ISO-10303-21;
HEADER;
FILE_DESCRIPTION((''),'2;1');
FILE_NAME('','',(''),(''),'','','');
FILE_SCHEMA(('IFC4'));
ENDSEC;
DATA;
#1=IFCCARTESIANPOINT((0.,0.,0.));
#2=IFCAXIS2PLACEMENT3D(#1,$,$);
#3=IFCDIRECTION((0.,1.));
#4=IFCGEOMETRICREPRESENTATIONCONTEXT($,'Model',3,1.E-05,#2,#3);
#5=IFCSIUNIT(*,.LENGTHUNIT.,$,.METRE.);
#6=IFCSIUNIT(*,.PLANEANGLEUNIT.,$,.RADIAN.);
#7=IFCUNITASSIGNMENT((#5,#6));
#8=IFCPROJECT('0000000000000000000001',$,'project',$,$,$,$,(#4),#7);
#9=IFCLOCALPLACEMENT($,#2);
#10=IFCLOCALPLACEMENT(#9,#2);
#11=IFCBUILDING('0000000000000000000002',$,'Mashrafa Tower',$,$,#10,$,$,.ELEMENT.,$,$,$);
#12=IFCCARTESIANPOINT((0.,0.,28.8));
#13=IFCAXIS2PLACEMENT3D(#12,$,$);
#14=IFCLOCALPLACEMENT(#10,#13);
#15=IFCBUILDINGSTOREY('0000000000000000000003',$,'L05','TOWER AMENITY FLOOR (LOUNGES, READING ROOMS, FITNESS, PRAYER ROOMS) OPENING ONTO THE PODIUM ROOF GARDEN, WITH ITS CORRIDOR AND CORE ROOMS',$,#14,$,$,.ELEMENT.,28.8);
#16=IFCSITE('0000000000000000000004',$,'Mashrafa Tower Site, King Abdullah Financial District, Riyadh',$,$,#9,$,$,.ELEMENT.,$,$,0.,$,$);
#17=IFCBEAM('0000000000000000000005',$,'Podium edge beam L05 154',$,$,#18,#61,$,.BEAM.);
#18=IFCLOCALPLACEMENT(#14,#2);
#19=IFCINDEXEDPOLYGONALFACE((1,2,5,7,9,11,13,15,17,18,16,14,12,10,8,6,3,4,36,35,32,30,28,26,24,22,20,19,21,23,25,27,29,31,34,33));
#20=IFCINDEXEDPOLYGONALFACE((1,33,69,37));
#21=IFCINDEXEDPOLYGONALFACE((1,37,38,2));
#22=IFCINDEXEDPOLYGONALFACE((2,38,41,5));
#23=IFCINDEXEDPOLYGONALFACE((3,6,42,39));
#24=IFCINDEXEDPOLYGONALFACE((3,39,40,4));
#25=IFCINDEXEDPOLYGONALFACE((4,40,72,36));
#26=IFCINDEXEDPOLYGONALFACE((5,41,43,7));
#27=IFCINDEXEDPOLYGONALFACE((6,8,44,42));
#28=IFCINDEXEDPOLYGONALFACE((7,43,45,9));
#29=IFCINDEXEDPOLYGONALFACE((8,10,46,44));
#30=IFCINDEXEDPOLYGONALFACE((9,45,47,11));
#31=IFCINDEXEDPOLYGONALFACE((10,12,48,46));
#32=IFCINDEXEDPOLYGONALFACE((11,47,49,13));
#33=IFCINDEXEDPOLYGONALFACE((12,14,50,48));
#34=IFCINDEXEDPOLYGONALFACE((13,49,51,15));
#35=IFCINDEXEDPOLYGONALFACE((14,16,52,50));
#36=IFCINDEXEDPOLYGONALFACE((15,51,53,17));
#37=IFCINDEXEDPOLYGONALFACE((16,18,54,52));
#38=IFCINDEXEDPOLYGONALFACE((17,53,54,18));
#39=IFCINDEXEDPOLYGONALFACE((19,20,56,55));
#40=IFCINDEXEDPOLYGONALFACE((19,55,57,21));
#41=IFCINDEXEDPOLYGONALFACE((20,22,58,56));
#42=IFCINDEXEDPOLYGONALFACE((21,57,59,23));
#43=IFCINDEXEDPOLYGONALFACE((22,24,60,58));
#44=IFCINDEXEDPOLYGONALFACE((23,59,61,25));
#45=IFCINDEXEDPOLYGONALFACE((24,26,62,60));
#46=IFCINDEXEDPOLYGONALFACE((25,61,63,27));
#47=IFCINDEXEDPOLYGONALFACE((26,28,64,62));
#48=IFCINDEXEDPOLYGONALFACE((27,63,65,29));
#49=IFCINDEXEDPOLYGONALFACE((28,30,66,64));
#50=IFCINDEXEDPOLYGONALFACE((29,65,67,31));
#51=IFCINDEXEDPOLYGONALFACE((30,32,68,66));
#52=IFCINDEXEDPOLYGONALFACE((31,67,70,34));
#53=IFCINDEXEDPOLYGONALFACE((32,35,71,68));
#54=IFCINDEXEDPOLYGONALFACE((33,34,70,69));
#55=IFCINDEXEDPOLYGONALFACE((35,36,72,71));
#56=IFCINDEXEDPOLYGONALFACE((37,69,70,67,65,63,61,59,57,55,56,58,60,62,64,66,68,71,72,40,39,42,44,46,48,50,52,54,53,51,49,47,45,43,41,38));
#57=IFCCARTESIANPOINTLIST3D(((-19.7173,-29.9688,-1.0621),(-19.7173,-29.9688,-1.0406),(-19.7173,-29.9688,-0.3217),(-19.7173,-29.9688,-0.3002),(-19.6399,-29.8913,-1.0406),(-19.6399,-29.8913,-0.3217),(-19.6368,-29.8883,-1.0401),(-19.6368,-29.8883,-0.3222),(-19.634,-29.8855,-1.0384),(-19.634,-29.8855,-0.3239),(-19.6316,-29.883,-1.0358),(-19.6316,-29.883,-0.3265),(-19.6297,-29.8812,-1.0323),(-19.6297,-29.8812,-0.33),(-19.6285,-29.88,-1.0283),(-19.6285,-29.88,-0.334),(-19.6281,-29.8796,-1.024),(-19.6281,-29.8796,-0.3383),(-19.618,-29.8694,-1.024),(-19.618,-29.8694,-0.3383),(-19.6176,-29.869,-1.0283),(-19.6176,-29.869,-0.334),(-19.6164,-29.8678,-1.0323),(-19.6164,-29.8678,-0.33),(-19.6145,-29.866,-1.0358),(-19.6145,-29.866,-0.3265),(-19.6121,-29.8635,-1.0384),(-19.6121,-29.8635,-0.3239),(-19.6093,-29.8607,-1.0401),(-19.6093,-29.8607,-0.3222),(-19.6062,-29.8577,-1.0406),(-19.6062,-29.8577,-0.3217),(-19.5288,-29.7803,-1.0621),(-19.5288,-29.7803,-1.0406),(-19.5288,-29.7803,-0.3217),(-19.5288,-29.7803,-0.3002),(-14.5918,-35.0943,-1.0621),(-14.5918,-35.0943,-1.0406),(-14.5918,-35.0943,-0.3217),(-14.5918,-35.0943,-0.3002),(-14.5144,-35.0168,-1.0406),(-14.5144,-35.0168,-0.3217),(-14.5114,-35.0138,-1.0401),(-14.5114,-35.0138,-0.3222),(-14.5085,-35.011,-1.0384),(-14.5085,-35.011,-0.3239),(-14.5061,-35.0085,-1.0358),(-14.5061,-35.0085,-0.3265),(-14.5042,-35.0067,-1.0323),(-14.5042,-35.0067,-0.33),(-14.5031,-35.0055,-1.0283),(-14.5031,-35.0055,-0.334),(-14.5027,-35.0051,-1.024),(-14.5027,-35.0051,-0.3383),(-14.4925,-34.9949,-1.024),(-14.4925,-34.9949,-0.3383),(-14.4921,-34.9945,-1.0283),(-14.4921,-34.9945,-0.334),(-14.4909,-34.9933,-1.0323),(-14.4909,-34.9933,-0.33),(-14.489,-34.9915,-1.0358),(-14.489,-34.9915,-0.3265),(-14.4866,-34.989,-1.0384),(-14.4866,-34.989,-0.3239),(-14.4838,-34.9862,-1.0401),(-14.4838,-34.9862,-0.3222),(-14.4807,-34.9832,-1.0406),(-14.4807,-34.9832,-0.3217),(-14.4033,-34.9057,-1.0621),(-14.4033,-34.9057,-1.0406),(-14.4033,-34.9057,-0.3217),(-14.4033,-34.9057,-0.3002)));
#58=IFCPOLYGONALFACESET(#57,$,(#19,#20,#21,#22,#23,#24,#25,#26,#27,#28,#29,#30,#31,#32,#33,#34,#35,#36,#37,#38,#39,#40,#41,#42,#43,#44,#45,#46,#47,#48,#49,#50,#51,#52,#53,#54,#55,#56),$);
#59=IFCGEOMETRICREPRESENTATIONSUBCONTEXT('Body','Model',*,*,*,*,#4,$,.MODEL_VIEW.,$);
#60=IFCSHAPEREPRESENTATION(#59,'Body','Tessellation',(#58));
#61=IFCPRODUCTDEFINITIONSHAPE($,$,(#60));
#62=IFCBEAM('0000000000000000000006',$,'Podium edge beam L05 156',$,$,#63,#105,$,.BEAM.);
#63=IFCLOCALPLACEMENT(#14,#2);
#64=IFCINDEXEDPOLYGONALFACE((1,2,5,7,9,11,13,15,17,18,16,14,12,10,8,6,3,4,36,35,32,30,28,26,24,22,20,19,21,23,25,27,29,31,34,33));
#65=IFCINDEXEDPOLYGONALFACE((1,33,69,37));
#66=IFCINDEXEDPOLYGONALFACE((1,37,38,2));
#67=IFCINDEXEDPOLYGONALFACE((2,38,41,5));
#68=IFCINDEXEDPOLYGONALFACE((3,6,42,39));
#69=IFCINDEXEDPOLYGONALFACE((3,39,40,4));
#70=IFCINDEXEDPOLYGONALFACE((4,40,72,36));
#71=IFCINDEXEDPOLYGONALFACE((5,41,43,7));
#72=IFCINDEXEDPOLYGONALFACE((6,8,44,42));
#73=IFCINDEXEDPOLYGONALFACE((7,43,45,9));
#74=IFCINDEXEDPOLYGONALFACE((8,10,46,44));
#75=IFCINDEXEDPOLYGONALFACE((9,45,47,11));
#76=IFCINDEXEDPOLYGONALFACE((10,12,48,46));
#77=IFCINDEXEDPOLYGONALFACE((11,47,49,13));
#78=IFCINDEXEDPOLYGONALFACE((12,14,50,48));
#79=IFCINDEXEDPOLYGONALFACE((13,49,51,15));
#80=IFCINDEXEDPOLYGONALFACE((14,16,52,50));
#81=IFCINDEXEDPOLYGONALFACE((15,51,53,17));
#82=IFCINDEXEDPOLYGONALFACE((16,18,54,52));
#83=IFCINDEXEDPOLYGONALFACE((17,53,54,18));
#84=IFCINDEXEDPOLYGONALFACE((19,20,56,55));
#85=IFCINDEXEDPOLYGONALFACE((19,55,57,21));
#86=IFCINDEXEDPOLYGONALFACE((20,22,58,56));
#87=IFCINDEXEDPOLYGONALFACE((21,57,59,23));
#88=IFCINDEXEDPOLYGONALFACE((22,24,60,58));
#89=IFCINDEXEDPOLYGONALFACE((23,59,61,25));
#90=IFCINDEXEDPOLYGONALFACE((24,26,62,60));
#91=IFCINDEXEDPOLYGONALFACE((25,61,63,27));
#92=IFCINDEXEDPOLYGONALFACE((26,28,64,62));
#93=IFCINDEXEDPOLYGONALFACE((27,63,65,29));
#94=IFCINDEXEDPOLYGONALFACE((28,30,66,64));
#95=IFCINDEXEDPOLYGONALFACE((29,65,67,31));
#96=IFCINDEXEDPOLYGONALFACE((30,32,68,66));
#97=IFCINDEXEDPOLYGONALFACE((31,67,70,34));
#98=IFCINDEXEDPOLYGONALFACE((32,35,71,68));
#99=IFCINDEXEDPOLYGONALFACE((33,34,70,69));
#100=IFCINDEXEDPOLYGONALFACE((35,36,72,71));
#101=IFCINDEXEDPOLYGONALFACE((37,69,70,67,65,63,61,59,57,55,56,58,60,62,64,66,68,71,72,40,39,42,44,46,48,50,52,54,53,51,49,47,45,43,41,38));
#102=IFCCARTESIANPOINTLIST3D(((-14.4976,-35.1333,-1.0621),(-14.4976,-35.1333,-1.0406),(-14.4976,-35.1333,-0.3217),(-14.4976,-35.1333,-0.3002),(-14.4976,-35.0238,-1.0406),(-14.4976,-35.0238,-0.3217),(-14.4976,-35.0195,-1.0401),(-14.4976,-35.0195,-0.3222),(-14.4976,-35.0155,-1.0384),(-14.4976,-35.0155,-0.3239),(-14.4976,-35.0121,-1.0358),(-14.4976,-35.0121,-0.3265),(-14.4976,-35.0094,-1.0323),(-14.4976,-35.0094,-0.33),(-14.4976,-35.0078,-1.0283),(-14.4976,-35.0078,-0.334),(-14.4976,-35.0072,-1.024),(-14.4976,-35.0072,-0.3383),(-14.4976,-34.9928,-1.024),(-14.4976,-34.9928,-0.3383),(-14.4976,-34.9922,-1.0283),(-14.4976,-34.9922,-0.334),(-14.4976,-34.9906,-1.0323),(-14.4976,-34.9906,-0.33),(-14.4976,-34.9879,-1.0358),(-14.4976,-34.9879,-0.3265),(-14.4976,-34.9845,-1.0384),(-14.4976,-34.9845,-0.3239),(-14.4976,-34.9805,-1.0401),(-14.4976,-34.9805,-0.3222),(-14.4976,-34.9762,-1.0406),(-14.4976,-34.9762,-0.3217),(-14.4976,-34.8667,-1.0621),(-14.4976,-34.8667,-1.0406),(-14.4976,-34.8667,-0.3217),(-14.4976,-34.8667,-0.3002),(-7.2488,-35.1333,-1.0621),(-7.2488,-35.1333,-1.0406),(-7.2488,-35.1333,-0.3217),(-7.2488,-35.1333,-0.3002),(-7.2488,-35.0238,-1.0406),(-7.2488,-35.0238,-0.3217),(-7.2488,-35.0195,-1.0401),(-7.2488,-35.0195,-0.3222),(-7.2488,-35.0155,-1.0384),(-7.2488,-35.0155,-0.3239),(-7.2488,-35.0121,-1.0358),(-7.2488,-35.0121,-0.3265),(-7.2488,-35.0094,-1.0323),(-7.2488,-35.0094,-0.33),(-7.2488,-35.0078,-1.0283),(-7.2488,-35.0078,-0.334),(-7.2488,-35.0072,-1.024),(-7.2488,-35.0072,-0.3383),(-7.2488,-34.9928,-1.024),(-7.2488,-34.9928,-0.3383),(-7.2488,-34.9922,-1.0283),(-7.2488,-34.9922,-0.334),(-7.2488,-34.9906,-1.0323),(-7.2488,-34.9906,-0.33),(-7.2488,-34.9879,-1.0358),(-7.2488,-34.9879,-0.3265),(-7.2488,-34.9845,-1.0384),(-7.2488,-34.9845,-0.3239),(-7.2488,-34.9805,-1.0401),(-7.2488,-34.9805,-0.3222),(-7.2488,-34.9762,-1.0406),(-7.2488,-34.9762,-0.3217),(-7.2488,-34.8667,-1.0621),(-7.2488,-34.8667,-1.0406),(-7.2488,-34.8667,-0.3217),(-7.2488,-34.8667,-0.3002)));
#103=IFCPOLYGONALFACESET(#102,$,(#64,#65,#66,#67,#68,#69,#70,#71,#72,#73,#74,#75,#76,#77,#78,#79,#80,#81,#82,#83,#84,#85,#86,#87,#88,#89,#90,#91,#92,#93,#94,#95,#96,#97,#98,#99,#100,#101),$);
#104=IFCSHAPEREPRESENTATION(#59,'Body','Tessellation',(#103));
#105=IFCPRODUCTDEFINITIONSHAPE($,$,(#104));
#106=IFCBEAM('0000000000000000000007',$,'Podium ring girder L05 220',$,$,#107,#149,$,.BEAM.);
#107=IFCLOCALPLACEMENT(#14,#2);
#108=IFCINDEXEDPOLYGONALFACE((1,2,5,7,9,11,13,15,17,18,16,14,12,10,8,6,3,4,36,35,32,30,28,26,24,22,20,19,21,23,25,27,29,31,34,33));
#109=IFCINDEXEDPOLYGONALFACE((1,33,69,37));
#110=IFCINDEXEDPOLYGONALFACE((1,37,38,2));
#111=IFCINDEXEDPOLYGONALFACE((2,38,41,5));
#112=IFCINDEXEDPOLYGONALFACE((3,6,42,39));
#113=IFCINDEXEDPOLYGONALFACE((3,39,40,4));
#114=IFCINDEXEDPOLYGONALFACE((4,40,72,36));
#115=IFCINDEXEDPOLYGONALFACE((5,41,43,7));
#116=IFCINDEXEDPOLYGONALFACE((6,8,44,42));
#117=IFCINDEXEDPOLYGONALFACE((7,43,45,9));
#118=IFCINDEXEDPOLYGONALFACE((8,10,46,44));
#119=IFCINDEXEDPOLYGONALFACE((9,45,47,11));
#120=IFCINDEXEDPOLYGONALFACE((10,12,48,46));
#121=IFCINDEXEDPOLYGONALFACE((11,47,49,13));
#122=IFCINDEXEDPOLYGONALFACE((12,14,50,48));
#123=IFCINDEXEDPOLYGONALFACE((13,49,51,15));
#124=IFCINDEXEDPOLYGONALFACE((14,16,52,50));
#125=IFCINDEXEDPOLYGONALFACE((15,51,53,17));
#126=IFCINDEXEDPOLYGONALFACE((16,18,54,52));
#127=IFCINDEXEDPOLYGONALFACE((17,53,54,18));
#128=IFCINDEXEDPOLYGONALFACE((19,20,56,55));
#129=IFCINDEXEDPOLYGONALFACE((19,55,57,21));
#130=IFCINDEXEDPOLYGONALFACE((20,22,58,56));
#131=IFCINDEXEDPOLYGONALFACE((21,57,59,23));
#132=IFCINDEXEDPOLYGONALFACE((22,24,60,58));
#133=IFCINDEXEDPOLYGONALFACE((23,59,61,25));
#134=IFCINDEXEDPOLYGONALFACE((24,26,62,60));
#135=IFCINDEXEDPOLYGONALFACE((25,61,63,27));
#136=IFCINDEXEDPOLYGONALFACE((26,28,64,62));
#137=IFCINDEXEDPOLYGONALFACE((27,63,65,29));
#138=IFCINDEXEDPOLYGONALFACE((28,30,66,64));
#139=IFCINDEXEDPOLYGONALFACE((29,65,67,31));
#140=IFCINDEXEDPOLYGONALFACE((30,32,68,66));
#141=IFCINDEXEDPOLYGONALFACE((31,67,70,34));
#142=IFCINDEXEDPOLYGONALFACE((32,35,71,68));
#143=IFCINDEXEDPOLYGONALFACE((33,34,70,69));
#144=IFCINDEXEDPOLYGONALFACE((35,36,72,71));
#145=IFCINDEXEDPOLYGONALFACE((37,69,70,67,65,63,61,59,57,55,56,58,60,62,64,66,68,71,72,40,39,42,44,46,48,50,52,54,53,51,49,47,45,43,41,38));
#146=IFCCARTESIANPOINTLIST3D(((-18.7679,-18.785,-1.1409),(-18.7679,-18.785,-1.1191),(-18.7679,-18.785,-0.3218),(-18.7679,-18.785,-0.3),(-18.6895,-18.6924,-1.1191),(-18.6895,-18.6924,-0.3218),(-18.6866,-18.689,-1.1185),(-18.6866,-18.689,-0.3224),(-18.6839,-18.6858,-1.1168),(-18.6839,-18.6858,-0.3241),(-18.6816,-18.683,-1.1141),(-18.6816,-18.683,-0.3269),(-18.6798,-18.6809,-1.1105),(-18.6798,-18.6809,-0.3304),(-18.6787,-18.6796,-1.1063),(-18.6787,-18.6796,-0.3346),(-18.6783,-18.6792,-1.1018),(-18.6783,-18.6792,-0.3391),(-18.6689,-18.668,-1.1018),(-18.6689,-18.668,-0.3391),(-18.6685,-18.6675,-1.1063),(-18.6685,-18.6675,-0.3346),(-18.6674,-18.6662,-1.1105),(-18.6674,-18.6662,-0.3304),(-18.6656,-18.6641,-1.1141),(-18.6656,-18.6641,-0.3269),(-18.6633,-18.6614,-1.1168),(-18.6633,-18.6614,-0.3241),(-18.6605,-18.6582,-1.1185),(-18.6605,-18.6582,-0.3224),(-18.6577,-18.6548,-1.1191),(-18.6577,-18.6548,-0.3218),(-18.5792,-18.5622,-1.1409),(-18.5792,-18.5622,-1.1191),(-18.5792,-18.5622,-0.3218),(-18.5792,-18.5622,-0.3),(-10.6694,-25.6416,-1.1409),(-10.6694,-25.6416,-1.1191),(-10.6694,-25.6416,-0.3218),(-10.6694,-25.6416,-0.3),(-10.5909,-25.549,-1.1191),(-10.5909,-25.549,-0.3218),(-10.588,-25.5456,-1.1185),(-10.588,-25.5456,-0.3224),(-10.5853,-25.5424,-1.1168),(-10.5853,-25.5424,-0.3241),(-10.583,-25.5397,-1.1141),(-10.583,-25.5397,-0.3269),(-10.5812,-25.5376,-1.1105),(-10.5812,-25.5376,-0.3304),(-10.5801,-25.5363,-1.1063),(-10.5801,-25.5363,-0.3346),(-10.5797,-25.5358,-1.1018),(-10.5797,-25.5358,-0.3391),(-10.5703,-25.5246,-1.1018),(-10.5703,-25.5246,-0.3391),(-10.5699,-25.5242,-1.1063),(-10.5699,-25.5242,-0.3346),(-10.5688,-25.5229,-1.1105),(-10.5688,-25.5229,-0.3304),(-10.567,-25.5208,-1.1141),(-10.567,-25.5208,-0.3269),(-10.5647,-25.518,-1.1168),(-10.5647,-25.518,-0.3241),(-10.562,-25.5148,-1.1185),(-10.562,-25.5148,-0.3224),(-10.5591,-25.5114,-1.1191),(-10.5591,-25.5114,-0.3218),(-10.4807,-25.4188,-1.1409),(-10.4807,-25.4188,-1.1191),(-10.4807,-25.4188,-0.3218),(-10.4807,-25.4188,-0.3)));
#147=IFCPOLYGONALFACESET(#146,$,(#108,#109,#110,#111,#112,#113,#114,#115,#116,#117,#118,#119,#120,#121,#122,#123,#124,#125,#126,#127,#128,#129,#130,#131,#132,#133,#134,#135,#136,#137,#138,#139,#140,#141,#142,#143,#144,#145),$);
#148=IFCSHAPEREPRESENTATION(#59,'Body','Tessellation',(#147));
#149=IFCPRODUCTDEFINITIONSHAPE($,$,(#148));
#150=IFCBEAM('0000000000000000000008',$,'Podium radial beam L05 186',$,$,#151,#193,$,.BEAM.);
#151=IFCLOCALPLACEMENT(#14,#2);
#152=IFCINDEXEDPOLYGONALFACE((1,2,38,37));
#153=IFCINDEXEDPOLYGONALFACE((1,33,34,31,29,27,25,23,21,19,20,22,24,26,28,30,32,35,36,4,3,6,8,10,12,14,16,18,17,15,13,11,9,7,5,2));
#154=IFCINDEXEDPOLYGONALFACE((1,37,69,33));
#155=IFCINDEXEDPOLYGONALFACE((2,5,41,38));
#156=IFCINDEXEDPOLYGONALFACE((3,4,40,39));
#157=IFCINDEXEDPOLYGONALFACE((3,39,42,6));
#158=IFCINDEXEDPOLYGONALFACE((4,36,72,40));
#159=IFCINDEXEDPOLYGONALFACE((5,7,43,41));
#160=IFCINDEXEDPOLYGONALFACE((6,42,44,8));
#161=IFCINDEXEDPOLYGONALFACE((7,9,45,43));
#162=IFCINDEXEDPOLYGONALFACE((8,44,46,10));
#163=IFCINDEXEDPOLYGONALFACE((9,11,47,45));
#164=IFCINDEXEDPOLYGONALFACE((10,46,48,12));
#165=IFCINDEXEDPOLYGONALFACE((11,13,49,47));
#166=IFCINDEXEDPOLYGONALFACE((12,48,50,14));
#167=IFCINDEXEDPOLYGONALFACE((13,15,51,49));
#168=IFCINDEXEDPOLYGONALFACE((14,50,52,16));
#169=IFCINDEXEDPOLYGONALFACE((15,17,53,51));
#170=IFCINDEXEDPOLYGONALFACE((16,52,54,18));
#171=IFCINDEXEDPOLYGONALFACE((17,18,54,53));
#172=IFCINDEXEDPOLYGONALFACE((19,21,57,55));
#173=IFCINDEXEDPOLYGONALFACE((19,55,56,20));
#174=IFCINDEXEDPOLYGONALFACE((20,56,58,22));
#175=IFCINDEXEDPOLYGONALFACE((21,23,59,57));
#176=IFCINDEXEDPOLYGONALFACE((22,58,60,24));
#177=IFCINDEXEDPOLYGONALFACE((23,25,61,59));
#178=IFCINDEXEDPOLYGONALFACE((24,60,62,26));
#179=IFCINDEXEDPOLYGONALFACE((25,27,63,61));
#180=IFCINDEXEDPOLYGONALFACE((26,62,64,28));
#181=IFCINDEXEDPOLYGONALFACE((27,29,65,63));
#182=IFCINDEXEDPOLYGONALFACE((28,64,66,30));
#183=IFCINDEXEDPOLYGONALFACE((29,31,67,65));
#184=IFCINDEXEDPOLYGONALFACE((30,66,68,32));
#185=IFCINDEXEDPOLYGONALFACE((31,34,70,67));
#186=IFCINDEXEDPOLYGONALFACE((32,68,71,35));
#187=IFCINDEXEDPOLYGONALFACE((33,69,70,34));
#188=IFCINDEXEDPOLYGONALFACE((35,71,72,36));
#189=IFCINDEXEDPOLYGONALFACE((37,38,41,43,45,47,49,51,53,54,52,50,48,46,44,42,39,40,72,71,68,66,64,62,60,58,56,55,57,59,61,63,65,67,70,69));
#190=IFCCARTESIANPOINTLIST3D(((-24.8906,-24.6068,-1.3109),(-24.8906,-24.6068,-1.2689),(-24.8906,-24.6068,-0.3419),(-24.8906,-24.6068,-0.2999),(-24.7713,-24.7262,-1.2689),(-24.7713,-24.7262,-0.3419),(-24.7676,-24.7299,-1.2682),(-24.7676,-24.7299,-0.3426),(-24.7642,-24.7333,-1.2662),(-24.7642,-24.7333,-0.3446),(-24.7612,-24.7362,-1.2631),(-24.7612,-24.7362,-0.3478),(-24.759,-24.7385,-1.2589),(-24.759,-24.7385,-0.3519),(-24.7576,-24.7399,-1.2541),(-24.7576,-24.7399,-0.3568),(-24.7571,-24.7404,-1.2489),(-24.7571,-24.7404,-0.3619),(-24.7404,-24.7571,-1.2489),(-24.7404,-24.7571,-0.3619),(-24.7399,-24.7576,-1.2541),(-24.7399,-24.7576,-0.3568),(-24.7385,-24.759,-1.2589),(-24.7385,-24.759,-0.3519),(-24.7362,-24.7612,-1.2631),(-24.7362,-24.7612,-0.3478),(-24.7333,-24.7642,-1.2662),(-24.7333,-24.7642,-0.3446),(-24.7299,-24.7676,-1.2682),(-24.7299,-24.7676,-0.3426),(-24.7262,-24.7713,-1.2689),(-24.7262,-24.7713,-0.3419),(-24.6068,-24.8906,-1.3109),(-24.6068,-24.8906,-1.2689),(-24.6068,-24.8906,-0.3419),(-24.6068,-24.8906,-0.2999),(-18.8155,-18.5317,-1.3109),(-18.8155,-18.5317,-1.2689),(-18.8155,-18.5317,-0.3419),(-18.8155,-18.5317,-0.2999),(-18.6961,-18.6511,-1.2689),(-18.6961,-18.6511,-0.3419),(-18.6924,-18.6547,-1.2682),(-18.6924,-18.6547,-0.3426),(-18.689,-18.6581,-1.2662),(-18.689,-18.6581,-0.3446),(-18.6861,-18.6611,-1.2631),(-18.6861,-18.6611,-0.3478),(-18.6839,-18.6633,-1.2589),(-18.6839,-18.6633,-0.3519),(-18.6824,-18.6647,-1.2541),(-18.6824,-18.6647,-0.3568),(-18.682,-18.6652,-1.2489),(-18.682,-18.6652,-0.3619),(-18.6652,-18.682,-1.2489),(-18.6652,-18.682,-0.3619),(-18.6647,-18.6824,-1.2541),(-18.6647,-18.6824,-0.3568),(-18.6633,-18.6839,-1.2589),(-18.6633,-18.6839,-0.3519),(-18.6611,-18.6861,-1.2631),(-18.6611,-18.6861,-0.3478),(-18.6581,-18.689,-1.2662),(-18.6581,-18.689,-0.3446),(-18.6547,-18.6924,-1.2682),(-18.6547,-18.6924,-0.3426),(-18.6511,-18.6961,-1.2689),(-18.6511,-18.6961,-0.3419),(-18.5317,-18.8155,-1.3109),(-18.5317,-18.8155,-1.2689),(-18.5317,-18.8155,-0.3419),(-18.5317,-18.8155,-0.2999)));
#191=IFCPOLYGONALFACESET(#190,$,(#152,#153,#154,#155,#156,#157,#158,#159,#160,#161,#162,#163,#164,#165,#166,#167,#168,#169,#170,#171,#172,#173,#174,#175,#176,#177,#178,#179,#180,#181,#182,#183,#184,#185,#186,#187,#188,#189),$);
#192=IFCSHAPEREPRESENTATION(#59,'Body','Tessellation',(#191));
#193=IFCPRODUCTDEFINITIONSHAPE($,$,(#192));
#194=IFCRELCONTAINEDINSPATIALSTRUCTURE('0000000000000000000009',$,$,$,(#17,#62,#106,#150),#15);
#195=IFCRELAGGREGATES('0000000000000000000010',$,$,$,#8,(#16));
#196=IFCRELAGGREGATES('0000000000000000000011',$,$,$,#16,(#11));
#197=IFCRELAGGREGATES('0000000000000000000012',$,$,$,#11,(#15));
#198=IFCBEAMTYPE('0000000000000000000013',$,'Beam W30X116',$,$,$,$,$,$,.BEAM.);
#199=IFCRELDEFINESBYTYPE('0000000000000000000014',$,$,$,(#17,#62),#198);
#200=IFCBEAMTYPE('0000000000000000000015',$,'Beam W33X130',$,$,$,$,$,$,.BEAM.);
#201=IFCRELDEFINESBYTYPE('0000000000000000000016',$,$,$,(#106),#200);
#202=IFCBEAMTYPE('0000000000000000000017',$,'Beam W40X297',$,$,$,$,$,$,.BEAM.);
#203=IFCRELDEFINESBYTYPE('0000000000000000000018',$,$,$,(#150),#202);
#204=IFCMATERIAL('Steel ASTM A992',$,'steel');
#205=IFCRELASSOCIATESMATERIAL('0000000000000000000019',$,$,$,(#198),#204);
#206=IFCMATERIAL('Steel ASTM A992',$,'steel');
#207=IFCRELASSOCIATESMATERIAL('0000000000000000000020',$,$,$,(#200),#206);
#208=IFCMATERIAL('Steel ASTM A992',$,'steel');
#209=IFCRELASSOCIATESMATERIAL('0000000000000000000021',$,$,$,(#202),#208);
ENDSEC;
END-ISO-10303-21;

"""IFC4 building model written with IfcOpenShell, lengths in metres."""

from ifc_helpers import new_model, si_unit, direction, frame, origin, origin_2d, place, context, subcontext, project, spatial, i_section, extrude, material, material_profile, profile_set, type_object, element, save


model = new_model("IFC4")

# Units and contexts
model_context = context("Model", 3, precision=1e-05, world=origin(), true_north=direction((0.0, 1.0)))
body_context = subcontext(model_context, "Body", "Model", "MODEL_VIEW")
ifc_project = project(units=[si_unit("LENGTHUNIT", "METRE"), si_unit("PLANEANGLEUNIT", "RADIAN")], contexts=[model_context])

# Site, building, storey
site_placement = place(None, origin())
site = spatial("IfcSite", under=ifc_project, at=site_placement, Name="Mashrafa Tower Site, King Abdullah Financial District, Riyadh", CompositionType="ELEMENT", RefElevation=0.0)
building_placement = place(site_placement, origin())
building = spatial("IfcBuilding", under=site, at=building_placement, Name="Mashrafa Tower", CompositionType="ELEMENT")
storey_placement = place(building_placement, frame((0.0, 0.0, 28.8)))
storey = spatial("IfcBuildingStorey", under=building, at=storey_placement, Name="L05", Description="TOWER AMENITY FLOOR (LOUNGES, READING ROOMS, FITNESS, PRAYER ROOMS) OPENING ONTO THE PODIUM ROOF GARDEN, WITH ITS CORRIDOR AND CORE ROOMS", CompositionType="ELEMENT", Elevation=28.8)

# Beams
ifc_material_1 = material(Name="Steel ASTM A992", Category="steel")
ifc_material_profile_1 = material_profile(ifc_material_1, i_section(OverallWidth=0.2666, OverallDepth=0.762, WebThickness=0.0144, FlangeThickness=0.0215, FilletRadius=0.0166, at=origin_2d()), Name="W30X116")
ifc_profile_set_1 = profile_set([ifc_material_profile_1], Name="Steel ASTM A992")
beam_type_1 = type_object("IfcBeamType", Name="Beam W30X116", PredefinedType="BEAM", material=ifc_profile_set_1)
beam_1_placement = place(storey_placement, frame((-19.623, -29.8745, -0.6812), z_axis=(0.707107, -0.707107, 0.0), x_axis=(0.707107, 0.707107, 0.0)))
element("IfcBeam", 1, at=beam_1_placement, inside=storey, type_object=beam_type_1, Name="Podium edge beam L05 154", PredefinedType="BEAM", context=body_context, shape_type="SweptSolid", body=[
    extrude(i_section(OverallWidth=0.2666, OverallDepth=0.762, WebThickness=0.0144, FlangeThickness=0.0215, FilletRadius=0.0166, at=origin_2d()), origin(), (0.0, 0.0, 1.0), 7.2485),
])
beam_2_placement = place(storey_placement, frame((-14.4976, -35.0, -0.6812), z_axis=(1.0, 0.0, 0.0), x_axis=(0.0, 1.0, 0.0)))
element("IfcBeam", 2, at=beam_2_placement, inside=storey, type_object=beam_type_1, Name="Podium edge beam L05 156", PredefinedType="BEAM", context=body_context, shape_type="SweptSolid", body=[
    extrude(i_section(OverallWidth=0.2666, OverallDepth=0.762, WebThickness=0.0144, FlangeThickness=0.0215, FilletRadius=0.0166, at=origin_2d()), origin(), (0.0, 0.0, 1.0), 7.2488),
])
ifc_material_2 = material(Name="Steel ASTM A992", Category="steel")
ifc_material_profile_2 = material_profile(ifc_material_2, i_section(OverallWidth=0.292, OverallDepth=0.8408, WebThickness=0.0146, FlangeThickness=0.0217, FilletRadius=0.0173, at=origin_2d()), Name="W33X130")
ifc_profile_set_2 = profile_set([ifc_material_profile_2], Name="Steel ASTM A992")
beam_type_2 = type_object("IfcBeamType", Name="Beam W33X130", PredefinedType="BEAM", material=ifc_profile_set_2)
beam_3_placement = place(storey_placement, frame((-18.6736, -18.6736, -0.7205), z_axis=(0.7632, -0.646162, 0.0), x_axis=(0.646162, 0.7632, 0.0)))
element("IfcBeam", 3, at=beam_3_placement, inside=storey, type_object=beam_type_2, Name="Podium ring girder L05 220", PredefinedType="BEAM", context=body_context, shape_type="SweptSolid", body=[
    extrude(i_section(OverallWidth=0.292, OverallDepth=0.8408, WebThickness=0.0146, FlangeThickness=0.0217, FilletRadius=0.0173, at=origin_2d()), origin(), (0.0, 0.0, 1.0), 10.6113),
])
ifc_material_3 = material(Name="Steel ASTM A992", Category="steel")
ifc_material_profile_3 = material_profile(ifc_material_3, i_section(OverallWidth=0.4014, OverallDepth=1.011, WebThickness=0.0237, FlangeThickness=0.042, FilletRadius=0.02, at=origin_2d()), Name="W40X297")
ifc_profile_set_3 = profile_set([ifc_material_profile_3], Name="Steel ASTM A992")
beam_type_3 = type_object("IfcBeamType", Name="Beam W40X297", PredefinedType="BEAM", material=ifc_profile_set_3)
beam_4_placement = place(storey_placement, frame((-18.6736, -18.6736, -0.8054), z_axis=(-0.707107, -0.707107, 0.0), x_axis=(0.707107, -0.707107, 0.0)))
element("IfcBeam", 4, at=beam_4_placement, inside=storey, type_object=beam_type_3, Name="Podium radial beam L05 186", PredefinedType="BEAM", context=body_context, shape_type="SweptSolid", body=[
    extrude(i_section(OverallWidth=0.4014, OverallDepth=1.011, WebThickness=0.0237, FlangeThickness=0.042, FilletRadius=0.02, at=origin_2d()), origin(), (0.0, 0.0, 1.0), 8.5916),
])

save(model, "model.ifc")
